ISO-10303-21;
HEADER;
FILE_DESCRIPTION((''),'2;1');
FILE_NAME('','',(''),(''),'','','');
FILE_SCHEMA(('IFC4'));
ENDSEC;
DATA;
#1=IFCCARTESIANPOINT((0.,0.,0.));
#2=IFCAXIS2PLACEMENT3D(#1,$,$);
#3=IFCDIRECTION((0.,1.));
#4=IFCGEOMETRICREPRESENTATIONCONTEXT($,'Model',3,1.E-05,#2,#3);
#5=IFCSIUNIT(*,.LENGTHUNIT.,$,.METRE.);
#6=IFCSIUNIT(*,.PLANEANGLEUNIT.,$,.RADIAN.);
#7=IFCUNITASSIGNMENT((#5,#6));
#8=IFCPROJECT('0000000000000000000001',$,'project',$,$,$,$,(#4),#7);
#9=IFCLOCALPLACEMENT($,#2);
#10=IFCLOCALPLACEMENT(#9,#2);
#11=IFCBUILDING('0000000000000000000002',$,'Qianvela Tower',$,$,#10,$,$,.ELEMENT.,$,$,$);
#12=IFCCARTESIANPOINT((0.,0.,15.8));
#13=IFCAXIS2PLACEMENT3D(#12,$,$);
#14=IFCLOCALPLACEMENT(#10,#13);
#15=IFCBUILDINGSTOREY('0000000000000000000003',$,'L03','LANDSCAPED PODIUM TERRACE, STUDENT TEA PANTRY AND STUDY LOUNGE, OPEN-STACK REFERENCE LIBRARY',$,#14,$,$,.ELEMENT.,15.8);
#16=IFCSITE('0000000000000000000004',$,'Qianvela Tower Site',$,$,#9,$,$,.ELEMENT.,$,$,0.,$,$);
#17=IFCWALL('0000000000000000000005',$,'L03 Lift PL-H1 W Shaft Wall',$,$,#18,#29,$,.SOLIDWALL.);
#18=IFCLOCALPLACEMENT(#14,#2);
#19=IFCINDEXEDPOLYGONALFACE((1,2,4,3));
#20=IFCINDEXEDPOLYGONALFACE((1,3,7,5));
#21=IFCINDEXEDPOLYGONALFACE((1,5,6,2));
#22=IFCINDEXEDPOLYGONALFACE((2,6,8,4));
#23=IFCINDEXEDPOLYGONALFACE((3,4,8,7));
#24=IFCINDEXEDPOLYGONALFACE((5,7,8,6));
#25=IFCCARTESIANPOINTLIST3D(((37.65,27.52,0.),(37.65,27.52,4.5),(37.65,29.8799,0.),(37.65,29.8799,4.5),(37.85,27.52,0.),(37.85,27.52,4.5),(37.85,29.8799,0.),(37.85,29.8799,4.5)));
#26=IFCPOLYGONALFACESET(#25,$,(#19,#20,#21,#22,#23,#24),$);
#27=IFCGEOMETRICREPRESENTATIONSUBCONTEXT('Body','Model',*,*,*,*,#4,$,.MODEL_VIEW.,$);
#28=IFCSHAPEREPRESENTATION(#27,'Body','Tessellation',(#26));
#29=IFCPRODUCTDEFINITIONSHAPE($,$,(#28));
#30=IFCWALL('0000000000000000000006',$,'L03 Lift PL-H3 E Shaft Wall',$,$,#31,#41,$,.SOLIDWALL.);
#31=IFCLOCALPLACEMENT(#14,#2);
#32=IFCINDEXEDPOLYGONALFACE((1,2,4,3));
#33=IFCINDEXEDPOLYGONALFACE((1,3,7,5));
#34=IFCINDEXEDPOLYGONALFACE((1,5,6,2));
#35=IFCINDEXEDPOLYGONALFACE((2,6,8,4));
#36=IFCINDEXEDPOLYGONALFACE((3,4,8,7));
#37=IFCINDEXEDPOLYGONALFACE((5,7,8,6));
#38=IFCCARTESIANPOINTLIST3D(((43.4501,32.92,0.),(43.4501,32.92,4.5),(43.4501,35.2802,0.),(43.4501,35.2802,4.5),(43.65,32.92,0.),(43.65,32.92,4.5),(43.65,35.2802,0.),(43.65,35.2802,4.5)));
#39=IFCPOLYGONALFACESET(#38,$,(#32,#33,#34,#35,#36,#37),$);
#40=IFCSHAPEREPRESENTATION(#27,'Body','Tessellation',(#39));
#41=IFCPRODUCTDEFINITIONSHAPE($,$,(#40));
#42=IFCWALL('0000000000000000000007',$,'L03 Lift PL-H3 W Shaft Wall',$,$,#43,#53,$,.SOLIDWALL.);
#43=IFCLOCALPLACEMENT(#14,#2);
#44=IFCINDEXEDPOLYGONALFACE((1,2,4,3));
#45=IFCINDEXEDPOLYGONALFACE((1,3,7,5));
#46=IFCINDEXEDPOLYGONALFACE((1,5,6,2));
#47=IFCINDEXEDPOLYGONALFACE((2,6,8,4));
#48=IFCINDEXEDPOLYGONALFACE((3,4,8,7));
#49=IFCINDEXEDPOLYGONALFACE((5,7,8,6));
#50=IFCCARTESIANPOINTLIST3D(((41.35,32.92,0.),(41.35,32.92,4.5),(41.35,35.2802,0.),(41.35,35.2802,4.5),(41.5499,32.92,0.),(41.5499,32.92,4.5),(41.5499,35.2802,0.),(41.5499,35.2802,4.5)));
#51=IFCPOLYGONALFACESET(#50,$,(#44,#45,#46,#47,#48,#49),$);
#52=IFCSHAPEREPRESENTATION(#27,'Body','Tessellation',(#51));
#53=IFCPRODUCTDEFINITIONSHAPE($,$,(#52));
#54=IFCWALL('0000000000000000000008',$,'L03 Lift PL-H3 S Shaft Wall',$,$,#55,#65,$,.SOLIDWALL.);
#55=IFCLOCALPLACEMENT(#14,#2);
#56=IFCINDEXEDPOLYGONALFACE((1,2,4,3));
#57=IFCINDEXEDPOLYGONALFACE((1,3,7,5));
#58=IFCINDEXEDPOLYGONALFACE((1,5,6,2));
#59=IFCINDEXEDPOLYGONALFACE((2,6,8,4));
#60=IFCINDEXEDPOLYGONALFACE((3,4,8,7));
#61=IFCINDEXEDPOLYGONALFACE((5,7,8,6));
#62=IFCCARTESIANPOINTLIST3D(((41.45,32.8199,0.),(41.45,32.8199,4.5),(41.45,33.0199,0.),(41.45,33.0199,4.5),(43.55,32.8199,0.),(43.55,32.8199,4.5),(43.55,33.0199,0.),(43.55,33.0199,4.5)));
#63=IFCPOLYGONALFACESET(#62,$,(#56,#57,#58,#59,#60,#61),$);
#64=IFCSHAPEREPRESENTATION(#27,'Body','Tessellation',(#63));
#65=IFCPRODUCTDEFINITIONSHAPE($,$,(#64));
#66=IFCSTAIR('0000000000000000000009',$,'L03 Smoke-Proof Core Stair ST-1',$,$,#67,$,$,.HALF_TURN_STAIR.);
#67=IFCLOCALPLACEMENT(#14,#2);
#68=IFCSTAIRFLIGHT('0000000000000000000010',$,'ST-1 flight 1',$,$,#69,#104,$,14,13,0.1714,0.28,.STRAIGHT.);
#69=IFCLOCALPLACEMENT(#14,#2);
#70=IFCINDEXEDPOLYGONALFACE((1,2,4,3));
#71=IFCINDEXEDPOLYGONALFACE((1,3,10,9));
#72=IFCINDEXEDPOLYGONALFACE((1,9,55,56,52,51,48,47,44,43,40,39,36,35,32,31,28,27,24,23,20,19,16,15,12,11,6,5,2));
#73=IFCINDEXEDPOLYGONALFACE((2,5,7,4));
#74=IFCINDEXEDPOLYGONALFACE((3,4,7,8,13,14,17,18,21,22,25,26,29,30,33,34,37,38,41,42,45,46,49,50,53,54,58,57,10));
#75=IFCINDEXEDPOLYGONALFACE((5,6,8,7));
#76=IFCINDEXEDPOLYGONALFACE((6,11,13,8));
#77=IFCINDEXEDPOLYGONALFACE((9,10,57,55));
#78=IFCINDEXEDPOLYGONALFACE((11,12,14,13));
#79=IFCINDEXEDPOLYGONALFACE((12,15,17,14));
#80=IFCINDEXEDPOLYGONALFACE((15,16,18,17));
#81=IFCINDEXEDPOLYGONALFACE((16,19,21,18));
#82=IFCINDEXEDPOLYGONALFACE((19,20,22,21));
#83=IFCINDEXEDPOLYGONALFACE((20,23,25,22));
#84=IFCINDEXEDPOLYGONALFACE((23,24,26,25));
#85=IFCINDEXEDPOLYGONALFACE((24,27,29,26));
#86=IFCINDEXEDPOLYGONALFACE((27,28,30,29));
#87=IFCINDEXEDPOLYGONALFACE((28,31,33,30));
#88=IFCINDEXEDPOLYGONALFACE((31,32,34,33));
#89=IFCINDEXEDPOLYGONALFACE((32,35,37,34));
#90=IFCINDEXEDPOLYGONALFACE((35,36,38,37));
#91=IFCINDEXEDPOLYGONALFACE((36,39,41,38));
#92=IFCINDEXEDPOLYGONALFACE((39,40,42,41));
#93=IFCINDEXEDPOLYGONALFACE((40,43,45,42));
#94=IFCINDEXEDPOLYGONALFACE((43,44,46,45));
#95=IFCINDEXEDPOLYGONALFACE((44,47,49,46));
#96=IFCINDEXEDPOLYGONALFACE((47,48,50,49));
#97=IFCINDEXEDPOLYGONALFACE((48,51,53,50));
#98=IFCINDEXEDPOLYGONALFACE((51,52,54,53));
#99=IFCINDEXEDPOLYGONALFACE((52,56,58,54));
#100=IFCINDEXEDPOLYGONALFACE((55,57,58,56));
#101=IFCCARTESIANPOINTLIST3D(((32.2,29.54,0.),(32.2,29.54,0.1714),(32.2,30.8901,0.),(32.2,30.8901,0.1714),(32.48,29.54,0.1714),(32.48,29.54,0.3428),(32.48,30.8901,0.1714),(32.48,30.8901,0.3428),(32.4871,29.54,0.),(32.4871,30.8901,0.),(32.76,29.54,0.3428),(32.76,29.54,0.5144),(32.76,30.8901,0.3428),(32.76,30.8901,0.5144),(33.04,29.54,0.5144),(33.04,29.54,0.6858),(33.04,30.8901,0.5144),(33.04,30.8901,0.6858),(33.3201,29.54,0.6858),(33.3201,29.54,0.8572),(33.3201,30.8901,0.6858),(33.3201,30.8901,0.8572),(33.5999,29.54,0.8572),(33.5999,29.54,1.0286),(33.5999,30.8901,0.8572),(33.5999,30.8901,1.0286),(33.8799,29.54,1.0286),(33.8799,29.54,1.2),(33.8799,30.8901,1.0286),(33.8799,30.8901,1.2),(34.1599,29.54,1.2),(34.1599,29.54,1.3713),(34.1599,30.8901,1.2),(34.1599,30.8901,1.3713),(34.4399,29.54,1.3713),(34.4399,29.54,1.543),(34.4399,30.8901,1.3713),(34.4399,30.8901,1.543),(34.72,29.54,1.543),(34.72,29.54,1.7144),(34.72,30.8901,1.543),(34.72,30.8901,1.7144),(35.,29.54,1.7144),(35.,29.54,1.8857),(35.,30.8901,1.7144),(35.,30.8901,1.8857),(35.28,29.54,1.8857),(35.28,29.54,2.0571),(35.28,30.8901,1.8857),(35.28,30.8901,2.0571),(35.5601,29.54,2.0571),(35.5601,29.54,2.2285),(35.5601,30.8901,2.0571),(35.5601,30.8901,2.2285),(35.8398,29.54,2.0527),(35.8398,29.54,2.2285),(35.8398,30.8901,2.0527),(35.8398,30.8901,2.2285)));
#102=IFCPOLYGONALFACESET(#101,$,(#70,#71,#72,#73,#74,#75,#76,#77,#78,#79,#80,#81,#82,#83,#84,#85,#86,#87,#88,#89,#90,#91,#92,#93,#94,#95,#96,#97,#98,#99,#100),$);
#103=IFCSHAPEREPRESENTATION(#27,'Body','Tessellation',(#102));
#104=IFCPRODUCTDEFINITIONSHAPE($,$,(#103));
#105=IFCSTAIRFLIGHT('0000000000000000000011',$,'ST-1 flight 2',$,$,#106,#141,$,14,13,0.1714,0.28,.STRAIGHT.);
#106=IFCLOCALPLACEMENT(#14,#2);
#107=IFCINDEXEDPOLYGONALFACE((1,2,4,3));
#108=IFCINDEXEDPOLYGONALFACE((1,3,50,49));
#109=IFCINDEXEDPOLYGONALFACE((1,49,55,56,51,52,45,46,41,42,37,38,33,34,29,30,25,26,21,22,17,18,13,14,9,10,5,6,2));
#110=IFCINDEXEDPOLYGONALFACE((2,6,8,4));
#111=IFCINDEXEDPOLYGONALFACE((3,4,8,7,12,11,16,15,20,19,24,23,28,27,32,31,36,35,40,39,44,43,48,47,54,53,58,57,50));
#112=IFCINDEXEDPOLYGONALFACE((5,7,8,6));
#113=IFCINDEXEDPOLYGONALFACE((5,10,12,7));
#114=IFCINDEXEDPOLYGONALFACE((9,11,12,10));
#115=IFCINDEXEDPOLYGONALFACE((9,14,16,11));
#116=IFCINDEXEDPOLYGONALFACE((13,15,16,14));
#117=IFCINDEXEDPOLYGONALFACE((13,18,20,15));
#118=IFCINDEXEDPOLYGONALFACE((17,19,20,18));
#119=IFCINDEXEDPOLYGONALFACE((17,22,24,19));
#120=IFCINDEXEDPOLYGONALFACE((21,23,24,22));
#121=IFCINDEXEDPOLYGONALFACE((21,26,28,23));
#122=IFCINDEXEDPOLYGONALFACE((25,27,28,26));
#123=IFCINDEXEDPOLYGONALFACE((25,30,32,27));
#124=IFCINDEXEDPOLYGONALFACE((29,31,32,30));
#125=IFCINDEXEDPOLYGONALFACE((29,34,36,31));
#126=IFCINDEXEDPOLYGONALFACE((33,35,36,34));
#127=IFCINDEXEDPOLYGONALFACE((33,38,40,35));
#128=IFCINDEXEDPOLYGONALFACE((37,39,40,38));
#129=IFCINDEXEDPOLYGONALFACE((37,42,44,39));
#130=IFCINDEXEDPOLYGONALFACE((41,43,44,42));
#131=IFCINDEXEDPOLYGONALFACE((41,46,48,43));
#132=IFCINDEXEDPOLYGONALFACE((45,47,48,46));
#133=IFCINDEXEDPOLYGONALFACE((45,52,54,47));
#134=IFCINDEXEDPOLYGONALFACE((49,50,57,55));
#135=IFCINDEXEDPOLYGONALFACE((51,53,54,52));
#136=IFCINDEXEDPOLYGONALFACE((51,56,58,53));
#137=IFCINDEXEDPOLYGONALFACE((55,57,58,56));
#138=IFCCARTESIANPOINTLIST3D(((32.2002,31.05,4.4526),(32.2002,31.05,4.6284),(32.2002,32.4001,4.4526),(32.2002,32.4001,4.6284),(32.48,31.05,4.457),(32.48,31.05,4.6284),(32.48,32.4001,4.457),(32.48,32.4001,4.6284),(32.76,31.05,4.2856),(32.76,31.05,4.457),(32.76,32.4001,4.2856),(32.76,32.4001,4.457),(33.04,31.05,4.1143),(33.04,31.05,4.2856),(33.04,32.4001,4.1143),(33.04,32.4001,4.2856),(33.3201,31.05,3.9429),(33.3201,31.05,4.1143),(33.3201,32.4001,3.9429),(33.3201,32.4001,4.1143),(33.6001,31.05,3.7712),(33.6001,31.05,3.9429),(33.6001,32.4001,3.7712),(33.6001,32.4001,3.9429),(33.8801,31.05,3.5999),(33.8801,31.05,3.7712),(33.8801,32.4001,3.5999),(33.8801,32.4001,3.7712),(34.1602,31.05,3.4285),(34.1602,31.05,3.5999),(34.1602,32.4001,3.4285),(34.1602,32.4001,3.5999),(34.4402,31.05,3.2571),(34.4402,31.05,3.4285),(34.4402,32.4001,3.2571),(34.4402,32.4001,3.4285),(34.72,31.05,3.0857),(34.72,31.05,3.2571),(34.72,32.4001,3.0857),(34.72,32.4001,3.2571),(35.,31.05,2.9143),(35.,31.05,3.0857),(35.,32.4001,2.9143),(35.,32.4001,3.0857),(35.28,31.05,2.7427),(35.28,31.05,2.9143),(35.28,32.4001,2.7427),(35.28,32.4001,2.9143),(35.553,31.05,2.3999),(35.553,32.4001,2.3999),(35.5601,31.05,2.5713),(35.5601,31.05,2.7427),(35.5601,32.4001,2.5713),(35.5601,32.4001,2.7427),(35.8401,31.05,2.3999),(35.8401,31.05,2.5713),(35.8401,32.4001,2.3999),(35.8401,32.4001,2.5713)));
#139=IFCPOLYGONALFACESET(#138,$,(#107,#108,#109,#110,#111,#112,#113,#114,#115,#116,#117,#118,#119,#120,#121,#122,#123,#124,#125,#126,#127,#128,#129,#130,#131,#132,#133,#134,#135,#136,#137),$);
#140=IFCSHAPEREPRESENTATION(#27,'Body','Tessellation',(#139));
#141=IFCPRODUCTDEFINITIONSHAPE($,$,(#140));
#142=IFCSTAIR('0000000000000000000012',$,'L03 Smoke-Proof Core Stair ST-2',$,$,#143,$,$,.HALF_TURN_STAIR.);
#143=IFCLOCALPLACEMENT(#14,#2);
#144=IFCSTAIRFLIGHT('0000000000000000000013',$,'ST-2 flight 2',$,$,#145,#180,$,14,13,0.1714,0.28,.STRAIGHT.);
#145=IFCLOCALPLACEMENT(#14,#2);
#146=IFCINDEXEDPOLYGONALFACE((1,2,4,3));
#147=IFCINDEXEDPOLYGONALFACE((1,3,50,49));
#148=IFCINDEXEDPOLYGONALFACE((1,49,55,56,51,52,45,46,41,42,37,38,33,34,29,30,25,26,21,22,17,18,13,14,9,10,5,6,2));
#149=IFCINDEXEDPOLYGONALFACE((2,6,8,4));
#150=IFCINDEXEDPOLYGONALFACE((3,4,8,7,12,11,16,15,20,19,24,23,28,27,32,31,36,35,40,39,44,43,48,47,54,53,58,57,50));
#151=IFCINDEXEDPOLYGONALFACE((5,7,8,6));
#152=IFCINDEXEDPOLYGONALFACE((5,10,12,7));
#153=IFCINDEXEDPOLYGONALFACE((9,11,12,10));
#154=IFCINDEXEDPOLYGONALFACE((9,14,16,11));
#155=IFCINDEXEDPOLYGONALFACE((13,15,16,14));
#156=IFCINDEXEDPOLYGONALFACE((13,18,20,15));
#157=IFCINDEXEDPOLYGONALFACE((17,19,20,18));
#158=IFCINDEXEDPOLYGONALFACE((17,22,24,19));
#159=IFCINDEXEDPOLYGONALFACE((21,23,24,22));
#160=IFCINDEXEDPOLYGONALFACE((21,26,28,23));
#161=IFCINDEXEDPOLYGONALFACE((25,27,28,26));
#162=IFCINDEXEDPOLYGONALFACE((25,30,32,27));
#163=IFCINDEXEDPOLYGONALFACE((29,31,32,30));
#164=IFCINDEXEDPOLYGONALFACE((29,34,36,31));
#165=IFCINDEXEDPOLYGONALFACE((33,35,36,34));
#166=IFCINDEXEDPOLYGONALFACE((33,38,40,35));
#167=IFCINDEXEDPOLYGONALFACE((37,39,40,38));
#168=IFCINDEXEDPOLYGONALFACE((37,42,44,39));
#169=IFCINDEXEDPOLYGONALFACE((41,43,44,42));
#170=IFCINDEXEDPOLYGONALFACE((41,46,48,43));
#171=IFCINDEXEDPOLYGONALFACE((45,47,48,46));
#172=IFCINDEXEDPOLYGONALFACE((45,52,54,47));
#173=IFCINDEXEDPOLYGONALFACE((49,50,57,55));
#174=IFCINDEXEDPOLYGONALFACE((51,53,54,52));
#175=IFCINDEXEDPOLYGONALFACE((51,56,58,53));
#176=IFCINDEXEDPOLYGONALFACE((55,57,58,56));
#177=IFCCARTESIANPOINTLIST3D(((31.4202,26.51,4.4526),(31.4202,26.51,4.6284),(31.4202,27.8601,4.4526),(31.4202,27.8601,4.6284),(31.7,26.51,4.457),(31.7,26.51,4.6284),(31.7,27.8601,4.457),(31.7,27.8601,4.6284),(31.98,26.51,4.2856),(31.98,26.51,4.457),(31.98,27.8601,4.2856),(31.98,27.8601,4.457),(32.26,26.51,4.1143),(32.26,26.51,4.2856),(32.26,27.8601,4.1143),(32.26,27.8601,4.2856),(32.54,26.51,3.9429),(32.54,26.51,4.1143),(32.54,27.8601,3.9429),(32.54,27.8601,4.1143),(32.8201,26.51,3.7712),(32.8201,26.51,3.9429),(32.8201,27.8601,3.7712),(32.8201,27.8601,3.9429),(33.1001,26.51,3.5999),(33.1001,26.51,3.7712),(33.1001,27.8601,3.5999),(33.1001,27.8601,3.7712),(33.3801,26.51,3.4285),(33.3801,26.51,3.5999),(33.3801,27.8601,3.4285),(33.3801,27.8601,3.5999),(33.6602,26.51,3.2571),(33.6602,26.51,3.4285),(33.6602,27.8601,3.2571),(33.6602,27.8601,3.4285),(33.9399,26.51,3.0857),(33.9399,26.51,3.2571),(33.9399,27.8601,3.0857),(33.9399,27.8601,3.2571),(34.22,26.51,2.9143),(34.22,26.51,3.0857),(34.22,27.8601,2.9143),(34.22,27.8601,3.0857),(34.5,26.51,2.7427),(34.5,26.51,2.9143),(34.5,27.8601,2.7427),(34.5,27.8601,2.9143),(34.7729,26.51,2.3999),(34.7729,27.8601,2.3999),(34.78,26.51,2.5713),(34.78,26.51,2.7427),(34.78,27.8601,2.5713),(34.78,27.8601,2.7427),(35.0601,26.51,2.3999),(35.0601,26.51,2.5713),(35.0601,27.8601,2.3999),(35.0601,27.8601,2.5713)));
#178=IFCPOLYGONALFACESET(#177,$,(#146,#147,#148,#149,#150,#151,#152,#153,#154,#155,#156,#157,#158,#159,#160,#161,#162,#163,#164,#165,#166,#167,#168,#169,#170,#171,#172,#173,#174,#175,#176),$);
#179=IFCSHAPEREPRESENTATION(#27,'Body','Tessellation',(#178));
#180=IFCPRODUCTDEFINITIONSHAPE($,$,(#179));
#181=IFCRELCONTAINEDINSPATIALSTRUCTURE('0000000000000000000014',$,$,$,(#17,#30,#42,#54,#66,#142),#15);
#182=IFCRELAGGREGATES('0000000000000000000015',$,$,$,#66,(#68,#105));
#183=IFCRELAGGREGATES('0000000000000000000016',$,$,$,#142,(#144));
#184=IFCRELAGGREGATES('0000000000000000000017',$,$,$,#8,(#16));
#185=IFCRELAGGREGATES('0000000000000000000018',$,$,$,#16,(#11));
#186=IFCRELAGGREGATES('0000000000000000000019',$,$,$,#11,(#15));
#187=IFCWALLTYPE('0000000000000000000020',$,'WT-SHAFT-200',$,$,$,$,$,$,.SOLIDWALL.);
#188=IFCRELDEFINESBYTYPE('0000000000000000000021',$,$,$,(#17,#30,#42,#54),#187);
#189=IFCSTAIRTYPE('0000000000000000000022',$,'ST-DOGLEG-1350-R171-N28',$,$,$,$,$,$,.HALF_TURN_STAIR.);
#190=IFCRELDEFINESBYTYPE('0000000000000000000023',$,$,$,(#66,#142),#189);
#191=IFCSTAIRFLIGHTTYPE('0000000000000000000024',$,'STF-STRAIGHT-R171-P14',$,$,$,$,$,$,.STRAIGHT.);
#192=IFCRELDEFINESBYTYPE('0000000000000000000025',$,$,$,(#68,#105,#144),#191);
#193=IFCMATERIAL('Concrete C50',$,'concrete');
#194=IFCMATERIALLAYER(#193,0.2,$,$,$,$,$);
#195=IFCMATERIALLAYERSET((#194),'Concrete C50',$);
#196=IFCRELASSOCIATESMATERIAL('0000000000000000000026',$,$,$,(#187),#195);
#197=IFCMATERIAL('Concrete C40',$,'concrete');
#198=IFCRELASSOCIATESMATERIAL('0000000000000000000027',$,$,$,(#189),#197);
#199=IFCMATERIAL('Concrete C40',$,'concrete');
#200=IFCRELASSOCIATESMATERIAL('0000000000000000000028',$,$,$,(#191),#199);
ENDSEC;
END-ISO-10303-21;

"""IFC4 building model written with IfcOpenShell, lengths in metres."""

from ifc_helpers import new_model, si_unit, direction, frame, frame_2d, origin, place, context, subcontext, project, spatial, polyline, rectangle, outline, extrude, material, layer, layer_set, type_object, element, aggregate, save


model = new_model("IFC4")

# Units and contexts
model_context = context("Model", 3, precision=1e-05, world=origin(), true_north=direction((0.0, 1.0)))
body_context = subcontext(model_context, "Body", "Model", "MODEL_VIEW")
ifc_project = project(units=[si_unit("LENGTHUNIT", "METRE"), si_unit("PLANEANGLEUNIT", "RADIAN")], contexts=[model_context])

# Site, building, storey
site_placement = place(None, origin())
site = spatial("IfcSite", under=ifc_project, at=site_placement, Name="Qianvela Tower Site", CompositionType="ELEMENT", RefElevation=0.0)
building_placement = place(site_placement, origin())
building = spatial("IfcBuilding", under=site, at=building_placement, Name="Qianvela Tower", CompositionType="ELEMENT")
storey_placement = place(building_placement, frame((0.0, 0.0, 15.8)))
storey = spatial("IfcBuildingStorey", under=building, at=storey_placement, Name="L03", Description="LANDSCAPED PODIUM TERRACE, STUDENT TEA PANTRY AND STUDY LOUNGE, OPEN-STACK REFERENCE LIBRARY", CompositionType="ELEMENT", Elevation=15.8)

# Shared definitions
ifc_material_1 = material(Name="Concrete C50", Category="concrete")
ifc_layer_1 = layer(ifc_material_1, 0.2)
ifc_layer_set_1 = layer_set([ifc_layer_1], Name="Concrete C50")
wall_type_1 = type_object("IfcWallType", Name="WT-SHAFT-200", PredefinedType="SOLIDWALL", material=ifc_layer_set_1)

# Walls
for number, where, z_axis, x_axis, name in (
    (1, (37.75, 27.52, 0.0), (0.0, 0.0, 1.0), (0.0, 1.0, 0.0), "L03 Lift PL-H1 W Shaft Wall"),
):
    element("IfcWall", number, at=place(storey_placement, frame(where, z_axis=z_axis, x_axis=x_axis)), inside=storey, type_object=wall_type_1, Name=name, PredefinedType="SOLIDWALL", context=body_context, shape_type="SweptSolid", body=[
        extrude(rectangle(XDim=2.3599, YDim=0.2, at=frame_2d((1.1799, 0.0))), origin(), (0.0, 0.0, 1.0), 4.5),
    ])
for number, where, z_axis, x_axis, name in (
    (2, (43.55, 32.9199, 0.0), (0.0, 0.0, 1.0), (0.0, 1.0, 0.0), "L03 Lift PL-H3 E Shaft Wall"),
    (3, (41.45, 32.9199, 0.0), (0.0, 0.0, 1.0), (0.0, 1.0, 0.0), "L03 Lift PL-H3 W Shaft Wall"),
):
    element("IfcWall", number, at=place(storey_placement, frame(where, z_axis=z_axis, x_axis=x_axis)), inside=storey, type_object=wall_type_1, Name=name, PredefinedType="SOLIDWALL", context=body_context, shape_type="SweptSolid", body=[
        extrude(rectangle(XDim=2.3601, YDim=0.2, at=frame_2d((1.1802, 0.0))), origin(), (0.0, 0.0, 1.0), 4.5),
    ])
wall_1_placement = place(storey_placement, frame((41.45, 32.9199, 0.0), z_axis=(0.0, 0.0, 1.0), x_axis=(1.0, 0.0, 0.0)))
element("IfcWall", 4, at=wall_1_placement, inside=storey, type_object=wall_type_1, Name="L03 Lift PL-H3 S Shaft Wall", PredefinedType="SOLIDWALL", context=body_context, shape_type="SweptSolid", body=[
    extrude(rectangle(XDim=2.1001, YDim=0.2, at=frame_2d((1.05, 0.0))), origin(), (0.0, 0.0, 1.0), 4.5),
])

# Stair, stair flights
ifc_material_2 = material(Name="Concrete C40", Category="concrete")
stair_type = type_object("IfcStairType", Name="ST-DOGLEG-1350-R171-N28", PredefinedType="HALF_TURN_STAIR", material=ifc_material_2)
stair_1_placement = place(storey_placement, origin())
stair_1 = element("IfcStair", 5, at=stair_1_placement, inside=storey, type_object=stair_type, Name="L03 Smoke-Proof Core Stair ST-1", PredefinedType="HALF_TURN_STAIR")
ifc_material_3 = material(Name="Concrete C40", Category="concrete")
stair_flight_type = type_object("IfcStairFlightType", Name="STF-STRAIGHT-R171-P14", PredefinedType="STRAIGHT", material=ifc_material_3)
stair_flight_1_placement = place(storey_placement, frame((32.2, 30.2151, 0.0), z_axis=(0.0, 0.0, 1.0), x_axis=(1.0, 0.0, 0.0)))
stair_flight_1 = element("IfcStairFlight", 6, at=stair_flight_1_placement, type_object=stair_flight_type, Name="ST-1 flight 1", NumberOfRisers=14, NumberOfTreads=13, PredefinedType="STRAIGHT", RiserHeight=0.1714, TreadLength=0.28, context=body_context, shape_type="SweptSolid", body=[
    extrude(outline(polyline([(0.0, 0.0), (0.0, 0.1714), (0.28, 0.1714), (0.28, 0.3428), (0.5601, 0.3428), (0.5601, 0.5144), (0.8401, 0.5144), (0.8401, 0.6858), (1.1201, 0.6858), (1.1201, 0.8572), (1.3999, 0.8572), (1.3999, 1.0286), (1.6799, 1.0286), (1.6799, 1.2), (1.96, 1.2), (1.96, 1.3713), (2.24, 1.3713), (2.24, 1.543), (2.52, 1.543), (2.52, 1.7144), (2.8, 1.7144), (2.8, 1.8857), (3.0801, 1.8857), (3.0801, 2.0571), (3.3601, 2.0571), (3.3601, 2.2285), (3.6399, 2.2285), (3.6399, 2.3999), (3.6399, 2.0527), (0.2871, 0.0), (0.0, 0.0)])), frame((0.0, 0.675, 0.0), z_axis=(0.0, -1.0, 0.0), x_axis=(1.0, 0.0, 0.0)), (0.0, 0.0, 1.0), 1.3501),
])
stair_flight_2_placement = place(storey_placement, frame((35.8401, 31.7251, 2.3999), z_axis=(0.0, 0.0, 1.0), x_axis=(-1.0, 0.0, 0.0)))
stair_flight_2 = element("IfcStairFlight", 7, at=stair_flight_2_placement, type_object=stair_flight_type, Name="ST-1 flight 2", NumberOfRisers=14, NumberOfTreads=13, PredefinedType="STRAIGHT", RiserHeight=0.1714, TreadLength=0.28, context=body_context, shape_type="SweptSolid", body=[
    extrude(outline(polyline([(0.0, 0.0), (0.0, 0.1714), (0.28, 0.1714), (0.28, 0.3428), (0.5601, 0.3428), (0.5601, 0.5144), (0.8401, 0.5144), (0.8401, 0.6858), (1.1201, 0.6858), (1.1201, 0.8572), (1.3999, 0.8572), (1.3999, 1.0286), (1.6799, 1.0286), (1.6799, 1.2), (1.96, 1.2), (1.96, 1.3713), (2.24, 1.3713), (2.24, 1.543), (2.52, 1.543), (2.52, 1.7144), (2.8, 1.7144), (2.8, 1.8857), (3.0801, 1.8857), (3.0801, 2.0571), (3.3601, 2.0571), (3.3601, 2.2285), (3.6399, 2.2285), (3.6399, 2.3999), (3.6399, 2.0527), (0.2871, 0.0), (0.0, 0.0)])), frame((0.0, 0.675, 0.0), z_axis=(0.0, -1.0, 0.0), x_axis=(1.0, 0.0, 0.0)), (0.0, 0.0, 1.0), 1.3501),
])
aggregate(stair_1, [stair_flight_1, stair_flight_2])

# Stair, stair flight
stair_2_placement = place(storey_placement, origin())
stair_2 = element("IfcStair", 8, at=stair_2_placement, inside=storey, type_object=stair_type, Name="L03 Smoke-Proof Core Stair ST-2", PredefinedType="HALF_TURN_STAIR")
stair_flight_3_placement = place(storey_placement, frame((35.0601, 27.1851, 2.3999), z_axis=(0.0, 0.0, 1.0), x_axis=(-1.0, 0.0, 0.0)))
stair_flight_3 = element("IfcStairFlight", 9, at=stair_flight_3_placement, type_object=stair_flight_type, Name="ST-2 flight 2", NumberOfRisers=14, NumberOfTreads=13, PredefinedType="STRAIGHT", RiserHeight=0.1714, TreadLength=0.28, context=body_context, shape_type="SweptSolid", body=[
    extrude(outline(polyline([(0.0, 0.0), (0.0, 0.1714), (0.28, 0.1714), (0.28, 0.3428), (0.5601, 0.3428), (0.5601, 0.5144), (0.8401, 0.5144), (0.8401, 0.6858), (1.1201, 0.6858), (1.1201, 0.8572), (1.3999, 0.8572), (1.3999, 1.0286), (1.6799, 1.0286), (1.6799, 1.2), (1.96, 1.2), (1.96, 1.3713), (2.24, 1.3713), (2.24, 1.543), (2.52, 1.543), (2.52, 1.7144), (2.8, 1.7144), (2.8, 1.8857), (3.0801, 1.8857), (3.0801, 2.0571), (3.3601, 2.0571), (3.3601, 2.2285), (3.6399, 2.2285), (3.6399, 2.3999), (3.6399, 2.0527), (0.2871, 0.0), (0.0, 0.0)])), frame((0.0, 0.675, 0.0), z_axis=(0.0, -1.0, 0.0), x_axis=(1.0, 0.0, 0.0)), (0.0, 0.0, 1.0), 1.3501),
])
aggregate(stair_2, [stair_flight_3])

save(model, "model.ifc")
